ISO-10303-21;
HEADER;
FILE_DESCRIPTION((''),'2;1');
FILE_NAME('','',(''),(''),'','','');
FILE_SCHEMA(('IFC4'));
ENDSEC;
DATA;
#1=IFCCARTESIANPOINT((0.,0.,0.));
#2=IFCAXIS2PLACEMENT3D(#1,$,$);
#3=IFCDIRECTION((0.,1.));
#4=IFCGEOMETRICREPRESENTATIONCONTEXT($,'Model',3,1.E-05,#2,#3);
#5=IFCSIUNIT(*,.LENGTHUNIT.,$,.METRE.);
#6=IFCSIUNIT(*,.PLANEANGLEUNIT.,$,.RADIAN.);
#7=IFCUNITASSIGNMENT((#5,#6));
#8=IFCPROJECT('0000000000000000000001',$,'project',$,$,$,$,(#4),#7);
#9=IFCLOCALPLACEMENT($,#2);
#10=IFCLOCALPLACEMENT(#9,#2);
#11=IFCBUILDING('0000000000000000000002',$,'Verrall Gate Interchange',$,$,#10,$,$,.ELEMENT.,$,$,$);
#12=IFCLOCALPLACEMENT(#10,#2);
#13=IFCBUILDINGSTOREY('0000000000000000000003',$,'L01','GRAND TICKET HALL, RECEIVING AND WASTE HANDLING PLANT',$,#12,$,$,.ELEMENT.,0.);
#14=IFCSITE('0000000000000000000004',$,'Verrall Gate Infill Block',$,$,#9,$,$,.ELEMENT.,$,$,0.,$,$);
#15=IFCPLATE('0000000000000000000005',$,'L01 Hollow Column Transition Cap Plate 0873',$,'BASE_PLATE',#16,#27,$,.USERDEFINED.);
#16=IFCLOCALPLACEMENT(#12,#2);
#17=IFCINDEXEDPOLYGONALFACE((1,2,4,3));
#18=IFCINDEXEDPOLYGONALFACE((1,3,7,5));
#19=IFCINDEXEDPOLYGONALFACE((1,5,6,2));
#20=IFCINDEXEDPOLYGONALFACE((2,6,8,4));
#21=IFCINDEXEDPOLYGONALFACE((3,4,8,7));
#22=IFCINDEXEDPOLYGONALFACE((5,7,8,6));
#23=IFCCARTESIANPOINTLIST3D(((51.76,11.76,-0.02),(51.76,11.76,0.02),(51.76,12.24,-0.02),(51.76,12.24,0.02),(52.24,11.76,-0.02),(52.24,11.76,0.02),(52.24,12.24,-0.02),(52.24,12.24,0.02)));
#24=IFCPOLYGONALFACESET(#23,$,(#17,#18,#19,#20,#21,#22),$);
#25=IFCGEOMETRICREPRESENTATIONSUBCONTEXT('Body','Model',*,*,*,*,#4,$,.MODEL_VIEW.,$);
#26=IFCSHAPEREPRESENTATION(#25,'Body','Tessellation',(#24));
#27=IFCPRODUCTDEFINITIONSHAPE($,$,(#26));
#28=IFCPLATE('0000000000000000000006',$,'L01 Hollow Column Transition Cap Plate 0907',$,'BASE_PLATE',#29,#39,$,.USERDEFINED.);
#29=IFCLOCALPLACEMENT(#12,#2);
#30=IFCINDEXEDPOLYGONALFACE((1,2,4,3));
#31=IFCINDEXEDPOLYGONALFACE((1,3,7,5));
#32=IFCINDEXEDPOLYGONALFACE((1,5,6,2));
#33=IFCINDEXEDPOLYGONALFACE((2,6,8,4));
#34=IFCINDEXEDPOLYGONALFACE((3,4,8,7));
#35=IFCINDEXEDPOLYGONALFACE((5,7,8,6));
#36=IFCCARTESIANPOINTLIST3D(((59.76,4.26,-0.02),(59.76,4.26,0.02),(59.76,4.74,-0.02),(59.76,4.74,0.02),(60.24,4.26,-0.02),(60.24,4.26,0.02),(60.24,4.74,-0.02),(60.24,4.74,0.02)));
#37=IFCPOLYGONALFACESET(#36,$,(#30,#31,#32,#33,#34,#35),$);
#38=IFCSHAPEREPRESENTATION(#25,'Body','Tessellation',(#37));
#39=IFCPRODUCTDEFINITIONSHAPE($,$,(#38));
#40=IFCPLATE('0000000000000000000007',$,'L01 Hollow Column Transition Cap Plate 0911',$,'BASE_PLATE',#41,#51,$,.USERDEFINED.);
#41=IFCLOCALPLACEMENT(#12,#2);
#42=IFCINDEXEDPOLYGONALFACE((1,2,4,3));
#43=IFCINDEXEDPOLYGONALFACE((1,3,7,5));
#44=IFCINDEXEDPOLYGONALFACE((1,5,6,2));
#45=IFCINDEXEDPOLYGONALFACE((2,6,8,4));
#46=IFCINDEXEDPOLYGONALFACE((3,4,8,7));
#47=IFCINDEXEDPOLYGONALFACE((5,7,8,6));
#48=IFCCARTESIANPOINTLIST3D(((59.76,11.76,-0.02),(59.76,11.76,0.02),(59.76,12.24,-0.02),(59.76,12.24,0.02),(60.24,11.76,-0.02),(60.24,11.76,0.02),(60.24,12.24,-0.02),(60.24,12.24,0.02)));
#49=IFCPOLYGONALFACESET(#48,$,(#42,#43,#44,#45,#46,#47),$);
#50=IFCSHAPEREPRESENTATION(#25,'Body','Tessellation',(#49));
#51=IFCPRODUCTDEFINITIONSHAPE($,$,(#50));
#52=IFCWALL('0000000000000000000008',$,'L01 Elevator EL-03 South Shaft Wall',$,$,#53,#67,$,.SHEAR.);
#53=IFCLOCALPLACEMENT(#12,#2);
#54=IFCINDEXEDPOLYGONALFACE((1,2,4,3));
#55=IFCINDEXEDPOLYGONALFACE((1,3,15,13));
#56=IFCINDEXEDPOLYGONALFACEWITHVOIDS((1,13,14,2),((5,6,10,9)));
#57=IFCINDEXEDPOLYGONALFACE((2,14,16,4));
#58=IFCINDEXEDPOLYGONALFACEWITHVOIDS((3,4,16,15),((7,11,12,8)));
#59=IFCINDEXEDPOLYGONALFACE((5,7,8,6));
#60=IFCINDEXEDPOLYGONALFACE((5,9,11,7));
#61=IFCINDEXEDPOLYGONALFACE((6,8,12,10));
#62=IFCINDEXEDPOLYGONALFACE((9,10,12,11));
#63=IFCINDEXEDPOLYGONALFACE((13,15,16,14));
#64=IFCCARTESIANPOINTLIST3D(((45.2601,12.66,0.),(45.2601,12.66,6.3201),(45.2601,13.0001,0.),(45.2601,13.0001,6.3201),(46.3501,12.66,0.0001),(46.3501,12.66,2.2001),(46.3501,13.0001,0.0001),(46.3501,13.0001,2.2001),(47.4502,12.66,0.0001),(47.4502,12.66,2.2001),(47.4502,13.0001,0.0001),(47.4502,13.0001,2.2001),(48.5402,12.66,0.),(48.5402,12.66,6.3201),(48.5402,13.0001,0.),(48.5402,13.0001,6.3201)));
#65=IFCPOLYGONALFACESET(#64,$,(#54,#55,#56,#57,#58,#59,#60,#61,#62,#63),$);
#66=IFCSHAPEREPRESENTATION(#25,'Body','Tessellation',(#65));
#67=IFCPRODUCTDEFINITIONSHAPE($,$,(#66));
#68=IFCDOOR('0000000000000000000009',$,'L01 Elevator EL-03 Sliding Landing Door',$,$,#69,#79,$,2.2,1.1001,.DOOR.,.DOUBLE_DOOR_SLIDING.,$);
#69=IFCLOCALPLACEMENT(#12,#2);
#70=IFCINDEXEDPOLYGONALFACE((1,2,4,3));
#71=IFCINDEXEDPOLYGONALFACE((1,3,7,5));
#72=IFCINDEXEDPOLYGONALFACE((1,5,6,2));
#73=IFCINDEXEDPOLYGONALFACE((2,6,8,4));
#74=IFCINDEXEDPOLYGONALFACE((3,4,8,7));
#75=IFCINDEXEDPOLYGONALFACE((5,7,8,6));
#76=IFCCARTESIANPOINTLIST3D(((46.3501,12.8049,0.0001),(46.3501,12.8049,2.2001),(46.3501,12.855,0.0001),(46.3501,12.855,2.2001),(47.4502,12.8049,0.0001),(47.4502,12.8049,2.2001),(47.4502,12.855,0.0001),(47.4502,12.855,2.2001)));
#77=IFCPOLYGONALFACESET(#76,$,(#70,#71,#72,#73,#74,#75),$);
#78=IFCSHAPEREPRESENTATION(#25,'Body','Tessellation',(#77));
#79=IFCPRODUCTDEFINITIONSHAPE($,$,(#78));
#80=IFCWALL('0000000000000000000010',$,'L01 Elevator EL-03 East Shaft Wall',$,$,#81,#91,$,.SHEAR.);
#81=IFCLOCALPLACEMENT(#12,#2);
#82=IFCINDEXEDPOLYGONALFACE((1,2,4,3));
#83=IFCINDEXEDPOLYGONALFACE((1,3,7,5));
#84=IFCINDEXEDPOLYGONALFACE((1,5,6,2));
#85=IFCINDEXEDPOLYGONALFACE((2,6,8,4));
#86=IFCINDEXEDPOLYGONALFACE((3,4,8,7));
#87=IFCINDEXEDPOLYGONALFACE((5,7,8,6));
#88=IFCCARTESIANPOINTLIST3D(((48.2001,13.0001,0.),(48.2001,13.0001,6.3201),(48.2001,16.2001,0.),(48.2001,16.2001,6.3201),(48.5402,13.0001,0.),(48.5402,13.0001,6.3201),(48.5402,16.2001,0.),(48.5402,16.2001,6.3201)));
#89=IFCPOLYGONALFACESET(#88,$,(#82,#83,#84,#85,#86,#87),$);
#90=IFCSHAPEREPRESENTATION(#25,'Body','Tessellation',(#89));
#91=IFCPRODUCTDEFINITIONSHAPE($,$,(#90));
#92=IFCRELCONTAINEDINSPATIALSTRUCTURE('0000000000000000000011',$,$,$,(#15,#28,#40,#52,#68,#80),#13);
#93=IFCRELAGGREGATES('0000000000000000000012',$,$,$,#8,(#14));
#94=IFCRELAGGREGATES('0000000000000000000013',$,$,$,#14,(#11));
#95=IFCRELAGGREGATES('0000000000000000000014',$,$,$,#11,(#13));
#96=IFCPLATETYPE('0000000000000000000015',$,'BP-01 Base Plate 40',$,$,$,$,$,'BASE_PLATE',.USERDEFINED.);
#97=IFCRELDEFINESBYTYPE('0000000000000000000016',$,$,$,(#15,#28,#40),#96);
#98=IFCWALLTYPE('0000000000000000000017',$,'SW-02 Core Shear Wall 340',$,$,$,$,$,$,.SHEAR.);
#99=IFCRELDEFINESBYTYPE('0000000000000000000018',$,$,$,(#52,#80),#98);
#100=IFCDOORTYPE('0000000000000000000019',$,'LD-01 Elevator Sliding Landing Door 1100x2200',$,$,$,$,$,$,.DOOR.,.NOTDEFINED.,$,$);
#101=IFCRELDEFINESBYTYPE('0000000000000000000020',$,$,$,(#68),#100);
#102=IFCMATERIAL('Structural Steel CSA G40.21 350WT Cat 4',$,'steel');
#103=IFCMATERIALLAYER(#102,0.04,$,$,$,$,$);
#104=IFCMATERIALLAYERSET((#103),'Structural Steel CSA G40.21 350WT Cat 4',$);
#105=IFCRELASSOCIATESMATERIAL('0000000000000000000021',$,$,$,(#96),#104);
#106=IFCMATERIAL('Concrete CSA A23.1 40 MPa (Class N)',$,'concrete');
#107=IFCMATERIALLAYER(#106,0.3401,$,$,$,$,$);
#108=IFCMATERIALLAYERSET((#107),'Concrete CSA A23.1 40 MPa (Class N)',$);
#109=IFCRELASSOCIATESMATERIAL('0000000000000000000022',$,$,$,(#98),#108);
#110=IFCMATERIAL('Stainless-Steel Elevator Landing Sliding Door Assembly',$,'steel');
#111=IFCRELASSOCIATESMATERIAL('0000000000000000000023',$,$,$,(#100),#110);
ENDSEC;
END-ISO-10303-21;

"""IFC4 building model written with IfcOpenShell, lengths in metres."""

from ifc_helpers import new_model, si_unit, direction, frame, frame_2d, origin, origin_2d, place, context, subcontext, project, spatial, rectangle, extrude, material, layer, layer_set, type_object, element, fill, save


model = new_model("IFC4")

# Units and contexts
model_context = context("Model", 3, precision=1e-05, world=origin(), true_north=direction((0.0, 1.0)))
body_context = subcontext(model_context, "Body", "Model", "MODEL_VIEW")
ifc_project = project(units=[si_unit("LENGTHUNIT", "METRE"), si_unit("PLANEANGLEUNIT", "RADIAN")], contexts=[model_context])

# Site, building, storey
site_placement = place(None, origin())
site = spatial("IfcSite", under=ifc_project, at=site_placement, Name="Verrall Gate Infill Block", CompositionType="ELEMENT", RefElevation=0.0)
building_placement = place(site_placement, origin())
building = spatial("IfcBuilding", under=site, at=building_placement, Name="Verrall Gate Interchange", CompositionType="ELEMENT")
storey_placement = place(building_placement, origin())
storey = spatial("IfcBuildingStorey", under=building, at=storey_placement, Name="L01", Description="GRAND TICKET HALL, RECEIVING AND WASTE HANDLING PLANT", CompositionType="ELEMENT", Elevation=0.0)

# Plates
ifc_material_1 = material(Name="Structural Steel CSA G40.21 350WT Cat 4", Category="steel")
ifc_layer_1 = layer(ifc_material_1, 0.04)
ifc_layer_set_1 = layer_set([ifc_layer_1], Name="Structural Steel CSA G40.21 350WT Cat 4")
plate_type = type_object("IfcPlateType", Name="BP-01 Base Plate 40", ElementType="BASE_PLATE", PredefinedType="USERDEFINED", material=ifc_layer_set_1)
for number, where, z_axis, x_axis, name in (
    (1, (52.0, 12.0, -0.02), (0.0, 0.0, 1.0), (1.0, 0.0, 0.0), "L01 Hollow Column Transition Cap Plate 0873"),
    (2, (60.0, 4.5, -0.02), (0.0, 0.0, 1.0), (1.0, 0.0, 0.0), "L01 Hollow Column Transition Cap Plate 0907"),
    (3, (60.0, 12.0, -0.02), (0.0, 0.0, 1.0), (1.0, 0.0, 0.0), "L01 Hollow Column Transition Cap Plate 0911"),
):
    element("IfcPlate", number, at=place(storey_placement, frame(where, z_axis=z_axis, x_axis=x_axis)), inside=storey, type_object=plate_type, Name=name, ObjectType="BASE_PLATE", PredefinedType="USERDEFINED", context=body_context, shape_type="SweptSolid", body=[
        extrude(rectangle(XDim=0.48, YDim=0.48, at=origin_2d()), origin(), (0.0, 0.0, 1.0), 0.04),
    ])

# Wall, opening, door
ifc_material_2 = material(Name="Concrete CSA A23.1 40 MPa (Class N)", Category="concrete")
ifc_layer_2 = layer(ifc_material_2, 0.3401)
ifc_layer_set_2 = layer_set([ifc_layer_2], Name="Concrete CSA A23.1 40 MPa (Class N)")
wall_type = type_object("IfcWallType", Name="SW-02 Core Shear Wall 340", PredefinedType="SHEAR", material=ifc_layer_set_2)
wall_1_placement = place(storey_placement, frame((45.26, 12.8301, 0.0), z_axis=(0.0, 0.0, 1.0), x_axis=(1.0, 0.0, 0.0)))
wall_1 = element("IfcWall", 4, at=wall_1_placement, inside=storey, type_object=wall_type, Name="L01 Elevator EL-03 South Shaft Wall", PredefinedType="SHEAR", context=body_context, shape_type="SweptSolid", body=[
    extrude(rectangle(XDim=3.28, YDim=0.3401, at=frame_2d((1.6401, 0.0))), origin(), (0.0, 0.0, 1.0), 6.3201),
])
opening_placement = place(wall_1_placement, frame((1.0901, 0.0, 0.0)))
opening = element("IfcOpeningElement", 5, at=opening_placement, cuts=wall_1, PredefinedType="OPENING", context=body_context, shape_type="SweptSolid", body=[
    extrude(rectangle(XDim=1.1001, YDim=2.2, at=frame_2d((0.55, 1.1001))), frame((0.0, 0.1851, 0.0), z_axis=(0.0, -1.0, 0.0), x_axis=(1.0, 0.0, 0.0)), (0.0, 0.0, 1.0), 0.3699),
])
ifc_material_3 = material(Name="Stainless-Steel Elevator Landing Sliding Door Assembly", Category="steel")
door_type = type_object("IfcDoorType", Name="LD-01 Elevator Sliding Landing Door 1100x2200", OperationType="NOTDEFINED", PredefinedType="DOOR", material=ifc_material_3)
door_placement = place(opening_placement, origin())
door = element("IfcDoor", 6, at=door_placement, inside=storey, type_object=door_type, Name="L01 Elevator EL-03 Sliding Landing Door", OperationType="DOUBLE_DOOR_SLIDING", OverallHeight=2.2, OverallWidth=1.1001, PredefinedType="DOOR", context=body_context, shape_type="SweptSolid", body=[
    extrude(rectangle(XDim=1.1001, YDim=2.2, at=frame_2d((0.55, 1.1001))), frame((0.0, 0.0249, 0.0), z_axis=(0.0, -1.0, 0.0), x_axis=(1.0, 0.0, 0.0)), (0.0, 0.0, 1.0), 0.05),
])
fill(opening, door)

# Wall
wall_2_placement = place(storey_placement, frame((48.3701, 13.0, 0.0), z_axis=(0.0, 0.0, 1.0), x_axis=(0.0, 1.0, 0.0)))
element("IfcWall", 7, at=wall_2_placement, inside=storey, type_object=wall_type, Name="L01 Elevator EL-03 East Shaft Wall", PredefinedType="SHEAR", context=body_context, shape_type="SweptSolid", body=[
    extrude(rectangle(XDim=3.2, YDim=0.3401, at=frame_2d((1.6001, 0.0))), origin(), (0.0, 0.0, 1.0), 6.3201),
])

save(model, "model.ifc")
